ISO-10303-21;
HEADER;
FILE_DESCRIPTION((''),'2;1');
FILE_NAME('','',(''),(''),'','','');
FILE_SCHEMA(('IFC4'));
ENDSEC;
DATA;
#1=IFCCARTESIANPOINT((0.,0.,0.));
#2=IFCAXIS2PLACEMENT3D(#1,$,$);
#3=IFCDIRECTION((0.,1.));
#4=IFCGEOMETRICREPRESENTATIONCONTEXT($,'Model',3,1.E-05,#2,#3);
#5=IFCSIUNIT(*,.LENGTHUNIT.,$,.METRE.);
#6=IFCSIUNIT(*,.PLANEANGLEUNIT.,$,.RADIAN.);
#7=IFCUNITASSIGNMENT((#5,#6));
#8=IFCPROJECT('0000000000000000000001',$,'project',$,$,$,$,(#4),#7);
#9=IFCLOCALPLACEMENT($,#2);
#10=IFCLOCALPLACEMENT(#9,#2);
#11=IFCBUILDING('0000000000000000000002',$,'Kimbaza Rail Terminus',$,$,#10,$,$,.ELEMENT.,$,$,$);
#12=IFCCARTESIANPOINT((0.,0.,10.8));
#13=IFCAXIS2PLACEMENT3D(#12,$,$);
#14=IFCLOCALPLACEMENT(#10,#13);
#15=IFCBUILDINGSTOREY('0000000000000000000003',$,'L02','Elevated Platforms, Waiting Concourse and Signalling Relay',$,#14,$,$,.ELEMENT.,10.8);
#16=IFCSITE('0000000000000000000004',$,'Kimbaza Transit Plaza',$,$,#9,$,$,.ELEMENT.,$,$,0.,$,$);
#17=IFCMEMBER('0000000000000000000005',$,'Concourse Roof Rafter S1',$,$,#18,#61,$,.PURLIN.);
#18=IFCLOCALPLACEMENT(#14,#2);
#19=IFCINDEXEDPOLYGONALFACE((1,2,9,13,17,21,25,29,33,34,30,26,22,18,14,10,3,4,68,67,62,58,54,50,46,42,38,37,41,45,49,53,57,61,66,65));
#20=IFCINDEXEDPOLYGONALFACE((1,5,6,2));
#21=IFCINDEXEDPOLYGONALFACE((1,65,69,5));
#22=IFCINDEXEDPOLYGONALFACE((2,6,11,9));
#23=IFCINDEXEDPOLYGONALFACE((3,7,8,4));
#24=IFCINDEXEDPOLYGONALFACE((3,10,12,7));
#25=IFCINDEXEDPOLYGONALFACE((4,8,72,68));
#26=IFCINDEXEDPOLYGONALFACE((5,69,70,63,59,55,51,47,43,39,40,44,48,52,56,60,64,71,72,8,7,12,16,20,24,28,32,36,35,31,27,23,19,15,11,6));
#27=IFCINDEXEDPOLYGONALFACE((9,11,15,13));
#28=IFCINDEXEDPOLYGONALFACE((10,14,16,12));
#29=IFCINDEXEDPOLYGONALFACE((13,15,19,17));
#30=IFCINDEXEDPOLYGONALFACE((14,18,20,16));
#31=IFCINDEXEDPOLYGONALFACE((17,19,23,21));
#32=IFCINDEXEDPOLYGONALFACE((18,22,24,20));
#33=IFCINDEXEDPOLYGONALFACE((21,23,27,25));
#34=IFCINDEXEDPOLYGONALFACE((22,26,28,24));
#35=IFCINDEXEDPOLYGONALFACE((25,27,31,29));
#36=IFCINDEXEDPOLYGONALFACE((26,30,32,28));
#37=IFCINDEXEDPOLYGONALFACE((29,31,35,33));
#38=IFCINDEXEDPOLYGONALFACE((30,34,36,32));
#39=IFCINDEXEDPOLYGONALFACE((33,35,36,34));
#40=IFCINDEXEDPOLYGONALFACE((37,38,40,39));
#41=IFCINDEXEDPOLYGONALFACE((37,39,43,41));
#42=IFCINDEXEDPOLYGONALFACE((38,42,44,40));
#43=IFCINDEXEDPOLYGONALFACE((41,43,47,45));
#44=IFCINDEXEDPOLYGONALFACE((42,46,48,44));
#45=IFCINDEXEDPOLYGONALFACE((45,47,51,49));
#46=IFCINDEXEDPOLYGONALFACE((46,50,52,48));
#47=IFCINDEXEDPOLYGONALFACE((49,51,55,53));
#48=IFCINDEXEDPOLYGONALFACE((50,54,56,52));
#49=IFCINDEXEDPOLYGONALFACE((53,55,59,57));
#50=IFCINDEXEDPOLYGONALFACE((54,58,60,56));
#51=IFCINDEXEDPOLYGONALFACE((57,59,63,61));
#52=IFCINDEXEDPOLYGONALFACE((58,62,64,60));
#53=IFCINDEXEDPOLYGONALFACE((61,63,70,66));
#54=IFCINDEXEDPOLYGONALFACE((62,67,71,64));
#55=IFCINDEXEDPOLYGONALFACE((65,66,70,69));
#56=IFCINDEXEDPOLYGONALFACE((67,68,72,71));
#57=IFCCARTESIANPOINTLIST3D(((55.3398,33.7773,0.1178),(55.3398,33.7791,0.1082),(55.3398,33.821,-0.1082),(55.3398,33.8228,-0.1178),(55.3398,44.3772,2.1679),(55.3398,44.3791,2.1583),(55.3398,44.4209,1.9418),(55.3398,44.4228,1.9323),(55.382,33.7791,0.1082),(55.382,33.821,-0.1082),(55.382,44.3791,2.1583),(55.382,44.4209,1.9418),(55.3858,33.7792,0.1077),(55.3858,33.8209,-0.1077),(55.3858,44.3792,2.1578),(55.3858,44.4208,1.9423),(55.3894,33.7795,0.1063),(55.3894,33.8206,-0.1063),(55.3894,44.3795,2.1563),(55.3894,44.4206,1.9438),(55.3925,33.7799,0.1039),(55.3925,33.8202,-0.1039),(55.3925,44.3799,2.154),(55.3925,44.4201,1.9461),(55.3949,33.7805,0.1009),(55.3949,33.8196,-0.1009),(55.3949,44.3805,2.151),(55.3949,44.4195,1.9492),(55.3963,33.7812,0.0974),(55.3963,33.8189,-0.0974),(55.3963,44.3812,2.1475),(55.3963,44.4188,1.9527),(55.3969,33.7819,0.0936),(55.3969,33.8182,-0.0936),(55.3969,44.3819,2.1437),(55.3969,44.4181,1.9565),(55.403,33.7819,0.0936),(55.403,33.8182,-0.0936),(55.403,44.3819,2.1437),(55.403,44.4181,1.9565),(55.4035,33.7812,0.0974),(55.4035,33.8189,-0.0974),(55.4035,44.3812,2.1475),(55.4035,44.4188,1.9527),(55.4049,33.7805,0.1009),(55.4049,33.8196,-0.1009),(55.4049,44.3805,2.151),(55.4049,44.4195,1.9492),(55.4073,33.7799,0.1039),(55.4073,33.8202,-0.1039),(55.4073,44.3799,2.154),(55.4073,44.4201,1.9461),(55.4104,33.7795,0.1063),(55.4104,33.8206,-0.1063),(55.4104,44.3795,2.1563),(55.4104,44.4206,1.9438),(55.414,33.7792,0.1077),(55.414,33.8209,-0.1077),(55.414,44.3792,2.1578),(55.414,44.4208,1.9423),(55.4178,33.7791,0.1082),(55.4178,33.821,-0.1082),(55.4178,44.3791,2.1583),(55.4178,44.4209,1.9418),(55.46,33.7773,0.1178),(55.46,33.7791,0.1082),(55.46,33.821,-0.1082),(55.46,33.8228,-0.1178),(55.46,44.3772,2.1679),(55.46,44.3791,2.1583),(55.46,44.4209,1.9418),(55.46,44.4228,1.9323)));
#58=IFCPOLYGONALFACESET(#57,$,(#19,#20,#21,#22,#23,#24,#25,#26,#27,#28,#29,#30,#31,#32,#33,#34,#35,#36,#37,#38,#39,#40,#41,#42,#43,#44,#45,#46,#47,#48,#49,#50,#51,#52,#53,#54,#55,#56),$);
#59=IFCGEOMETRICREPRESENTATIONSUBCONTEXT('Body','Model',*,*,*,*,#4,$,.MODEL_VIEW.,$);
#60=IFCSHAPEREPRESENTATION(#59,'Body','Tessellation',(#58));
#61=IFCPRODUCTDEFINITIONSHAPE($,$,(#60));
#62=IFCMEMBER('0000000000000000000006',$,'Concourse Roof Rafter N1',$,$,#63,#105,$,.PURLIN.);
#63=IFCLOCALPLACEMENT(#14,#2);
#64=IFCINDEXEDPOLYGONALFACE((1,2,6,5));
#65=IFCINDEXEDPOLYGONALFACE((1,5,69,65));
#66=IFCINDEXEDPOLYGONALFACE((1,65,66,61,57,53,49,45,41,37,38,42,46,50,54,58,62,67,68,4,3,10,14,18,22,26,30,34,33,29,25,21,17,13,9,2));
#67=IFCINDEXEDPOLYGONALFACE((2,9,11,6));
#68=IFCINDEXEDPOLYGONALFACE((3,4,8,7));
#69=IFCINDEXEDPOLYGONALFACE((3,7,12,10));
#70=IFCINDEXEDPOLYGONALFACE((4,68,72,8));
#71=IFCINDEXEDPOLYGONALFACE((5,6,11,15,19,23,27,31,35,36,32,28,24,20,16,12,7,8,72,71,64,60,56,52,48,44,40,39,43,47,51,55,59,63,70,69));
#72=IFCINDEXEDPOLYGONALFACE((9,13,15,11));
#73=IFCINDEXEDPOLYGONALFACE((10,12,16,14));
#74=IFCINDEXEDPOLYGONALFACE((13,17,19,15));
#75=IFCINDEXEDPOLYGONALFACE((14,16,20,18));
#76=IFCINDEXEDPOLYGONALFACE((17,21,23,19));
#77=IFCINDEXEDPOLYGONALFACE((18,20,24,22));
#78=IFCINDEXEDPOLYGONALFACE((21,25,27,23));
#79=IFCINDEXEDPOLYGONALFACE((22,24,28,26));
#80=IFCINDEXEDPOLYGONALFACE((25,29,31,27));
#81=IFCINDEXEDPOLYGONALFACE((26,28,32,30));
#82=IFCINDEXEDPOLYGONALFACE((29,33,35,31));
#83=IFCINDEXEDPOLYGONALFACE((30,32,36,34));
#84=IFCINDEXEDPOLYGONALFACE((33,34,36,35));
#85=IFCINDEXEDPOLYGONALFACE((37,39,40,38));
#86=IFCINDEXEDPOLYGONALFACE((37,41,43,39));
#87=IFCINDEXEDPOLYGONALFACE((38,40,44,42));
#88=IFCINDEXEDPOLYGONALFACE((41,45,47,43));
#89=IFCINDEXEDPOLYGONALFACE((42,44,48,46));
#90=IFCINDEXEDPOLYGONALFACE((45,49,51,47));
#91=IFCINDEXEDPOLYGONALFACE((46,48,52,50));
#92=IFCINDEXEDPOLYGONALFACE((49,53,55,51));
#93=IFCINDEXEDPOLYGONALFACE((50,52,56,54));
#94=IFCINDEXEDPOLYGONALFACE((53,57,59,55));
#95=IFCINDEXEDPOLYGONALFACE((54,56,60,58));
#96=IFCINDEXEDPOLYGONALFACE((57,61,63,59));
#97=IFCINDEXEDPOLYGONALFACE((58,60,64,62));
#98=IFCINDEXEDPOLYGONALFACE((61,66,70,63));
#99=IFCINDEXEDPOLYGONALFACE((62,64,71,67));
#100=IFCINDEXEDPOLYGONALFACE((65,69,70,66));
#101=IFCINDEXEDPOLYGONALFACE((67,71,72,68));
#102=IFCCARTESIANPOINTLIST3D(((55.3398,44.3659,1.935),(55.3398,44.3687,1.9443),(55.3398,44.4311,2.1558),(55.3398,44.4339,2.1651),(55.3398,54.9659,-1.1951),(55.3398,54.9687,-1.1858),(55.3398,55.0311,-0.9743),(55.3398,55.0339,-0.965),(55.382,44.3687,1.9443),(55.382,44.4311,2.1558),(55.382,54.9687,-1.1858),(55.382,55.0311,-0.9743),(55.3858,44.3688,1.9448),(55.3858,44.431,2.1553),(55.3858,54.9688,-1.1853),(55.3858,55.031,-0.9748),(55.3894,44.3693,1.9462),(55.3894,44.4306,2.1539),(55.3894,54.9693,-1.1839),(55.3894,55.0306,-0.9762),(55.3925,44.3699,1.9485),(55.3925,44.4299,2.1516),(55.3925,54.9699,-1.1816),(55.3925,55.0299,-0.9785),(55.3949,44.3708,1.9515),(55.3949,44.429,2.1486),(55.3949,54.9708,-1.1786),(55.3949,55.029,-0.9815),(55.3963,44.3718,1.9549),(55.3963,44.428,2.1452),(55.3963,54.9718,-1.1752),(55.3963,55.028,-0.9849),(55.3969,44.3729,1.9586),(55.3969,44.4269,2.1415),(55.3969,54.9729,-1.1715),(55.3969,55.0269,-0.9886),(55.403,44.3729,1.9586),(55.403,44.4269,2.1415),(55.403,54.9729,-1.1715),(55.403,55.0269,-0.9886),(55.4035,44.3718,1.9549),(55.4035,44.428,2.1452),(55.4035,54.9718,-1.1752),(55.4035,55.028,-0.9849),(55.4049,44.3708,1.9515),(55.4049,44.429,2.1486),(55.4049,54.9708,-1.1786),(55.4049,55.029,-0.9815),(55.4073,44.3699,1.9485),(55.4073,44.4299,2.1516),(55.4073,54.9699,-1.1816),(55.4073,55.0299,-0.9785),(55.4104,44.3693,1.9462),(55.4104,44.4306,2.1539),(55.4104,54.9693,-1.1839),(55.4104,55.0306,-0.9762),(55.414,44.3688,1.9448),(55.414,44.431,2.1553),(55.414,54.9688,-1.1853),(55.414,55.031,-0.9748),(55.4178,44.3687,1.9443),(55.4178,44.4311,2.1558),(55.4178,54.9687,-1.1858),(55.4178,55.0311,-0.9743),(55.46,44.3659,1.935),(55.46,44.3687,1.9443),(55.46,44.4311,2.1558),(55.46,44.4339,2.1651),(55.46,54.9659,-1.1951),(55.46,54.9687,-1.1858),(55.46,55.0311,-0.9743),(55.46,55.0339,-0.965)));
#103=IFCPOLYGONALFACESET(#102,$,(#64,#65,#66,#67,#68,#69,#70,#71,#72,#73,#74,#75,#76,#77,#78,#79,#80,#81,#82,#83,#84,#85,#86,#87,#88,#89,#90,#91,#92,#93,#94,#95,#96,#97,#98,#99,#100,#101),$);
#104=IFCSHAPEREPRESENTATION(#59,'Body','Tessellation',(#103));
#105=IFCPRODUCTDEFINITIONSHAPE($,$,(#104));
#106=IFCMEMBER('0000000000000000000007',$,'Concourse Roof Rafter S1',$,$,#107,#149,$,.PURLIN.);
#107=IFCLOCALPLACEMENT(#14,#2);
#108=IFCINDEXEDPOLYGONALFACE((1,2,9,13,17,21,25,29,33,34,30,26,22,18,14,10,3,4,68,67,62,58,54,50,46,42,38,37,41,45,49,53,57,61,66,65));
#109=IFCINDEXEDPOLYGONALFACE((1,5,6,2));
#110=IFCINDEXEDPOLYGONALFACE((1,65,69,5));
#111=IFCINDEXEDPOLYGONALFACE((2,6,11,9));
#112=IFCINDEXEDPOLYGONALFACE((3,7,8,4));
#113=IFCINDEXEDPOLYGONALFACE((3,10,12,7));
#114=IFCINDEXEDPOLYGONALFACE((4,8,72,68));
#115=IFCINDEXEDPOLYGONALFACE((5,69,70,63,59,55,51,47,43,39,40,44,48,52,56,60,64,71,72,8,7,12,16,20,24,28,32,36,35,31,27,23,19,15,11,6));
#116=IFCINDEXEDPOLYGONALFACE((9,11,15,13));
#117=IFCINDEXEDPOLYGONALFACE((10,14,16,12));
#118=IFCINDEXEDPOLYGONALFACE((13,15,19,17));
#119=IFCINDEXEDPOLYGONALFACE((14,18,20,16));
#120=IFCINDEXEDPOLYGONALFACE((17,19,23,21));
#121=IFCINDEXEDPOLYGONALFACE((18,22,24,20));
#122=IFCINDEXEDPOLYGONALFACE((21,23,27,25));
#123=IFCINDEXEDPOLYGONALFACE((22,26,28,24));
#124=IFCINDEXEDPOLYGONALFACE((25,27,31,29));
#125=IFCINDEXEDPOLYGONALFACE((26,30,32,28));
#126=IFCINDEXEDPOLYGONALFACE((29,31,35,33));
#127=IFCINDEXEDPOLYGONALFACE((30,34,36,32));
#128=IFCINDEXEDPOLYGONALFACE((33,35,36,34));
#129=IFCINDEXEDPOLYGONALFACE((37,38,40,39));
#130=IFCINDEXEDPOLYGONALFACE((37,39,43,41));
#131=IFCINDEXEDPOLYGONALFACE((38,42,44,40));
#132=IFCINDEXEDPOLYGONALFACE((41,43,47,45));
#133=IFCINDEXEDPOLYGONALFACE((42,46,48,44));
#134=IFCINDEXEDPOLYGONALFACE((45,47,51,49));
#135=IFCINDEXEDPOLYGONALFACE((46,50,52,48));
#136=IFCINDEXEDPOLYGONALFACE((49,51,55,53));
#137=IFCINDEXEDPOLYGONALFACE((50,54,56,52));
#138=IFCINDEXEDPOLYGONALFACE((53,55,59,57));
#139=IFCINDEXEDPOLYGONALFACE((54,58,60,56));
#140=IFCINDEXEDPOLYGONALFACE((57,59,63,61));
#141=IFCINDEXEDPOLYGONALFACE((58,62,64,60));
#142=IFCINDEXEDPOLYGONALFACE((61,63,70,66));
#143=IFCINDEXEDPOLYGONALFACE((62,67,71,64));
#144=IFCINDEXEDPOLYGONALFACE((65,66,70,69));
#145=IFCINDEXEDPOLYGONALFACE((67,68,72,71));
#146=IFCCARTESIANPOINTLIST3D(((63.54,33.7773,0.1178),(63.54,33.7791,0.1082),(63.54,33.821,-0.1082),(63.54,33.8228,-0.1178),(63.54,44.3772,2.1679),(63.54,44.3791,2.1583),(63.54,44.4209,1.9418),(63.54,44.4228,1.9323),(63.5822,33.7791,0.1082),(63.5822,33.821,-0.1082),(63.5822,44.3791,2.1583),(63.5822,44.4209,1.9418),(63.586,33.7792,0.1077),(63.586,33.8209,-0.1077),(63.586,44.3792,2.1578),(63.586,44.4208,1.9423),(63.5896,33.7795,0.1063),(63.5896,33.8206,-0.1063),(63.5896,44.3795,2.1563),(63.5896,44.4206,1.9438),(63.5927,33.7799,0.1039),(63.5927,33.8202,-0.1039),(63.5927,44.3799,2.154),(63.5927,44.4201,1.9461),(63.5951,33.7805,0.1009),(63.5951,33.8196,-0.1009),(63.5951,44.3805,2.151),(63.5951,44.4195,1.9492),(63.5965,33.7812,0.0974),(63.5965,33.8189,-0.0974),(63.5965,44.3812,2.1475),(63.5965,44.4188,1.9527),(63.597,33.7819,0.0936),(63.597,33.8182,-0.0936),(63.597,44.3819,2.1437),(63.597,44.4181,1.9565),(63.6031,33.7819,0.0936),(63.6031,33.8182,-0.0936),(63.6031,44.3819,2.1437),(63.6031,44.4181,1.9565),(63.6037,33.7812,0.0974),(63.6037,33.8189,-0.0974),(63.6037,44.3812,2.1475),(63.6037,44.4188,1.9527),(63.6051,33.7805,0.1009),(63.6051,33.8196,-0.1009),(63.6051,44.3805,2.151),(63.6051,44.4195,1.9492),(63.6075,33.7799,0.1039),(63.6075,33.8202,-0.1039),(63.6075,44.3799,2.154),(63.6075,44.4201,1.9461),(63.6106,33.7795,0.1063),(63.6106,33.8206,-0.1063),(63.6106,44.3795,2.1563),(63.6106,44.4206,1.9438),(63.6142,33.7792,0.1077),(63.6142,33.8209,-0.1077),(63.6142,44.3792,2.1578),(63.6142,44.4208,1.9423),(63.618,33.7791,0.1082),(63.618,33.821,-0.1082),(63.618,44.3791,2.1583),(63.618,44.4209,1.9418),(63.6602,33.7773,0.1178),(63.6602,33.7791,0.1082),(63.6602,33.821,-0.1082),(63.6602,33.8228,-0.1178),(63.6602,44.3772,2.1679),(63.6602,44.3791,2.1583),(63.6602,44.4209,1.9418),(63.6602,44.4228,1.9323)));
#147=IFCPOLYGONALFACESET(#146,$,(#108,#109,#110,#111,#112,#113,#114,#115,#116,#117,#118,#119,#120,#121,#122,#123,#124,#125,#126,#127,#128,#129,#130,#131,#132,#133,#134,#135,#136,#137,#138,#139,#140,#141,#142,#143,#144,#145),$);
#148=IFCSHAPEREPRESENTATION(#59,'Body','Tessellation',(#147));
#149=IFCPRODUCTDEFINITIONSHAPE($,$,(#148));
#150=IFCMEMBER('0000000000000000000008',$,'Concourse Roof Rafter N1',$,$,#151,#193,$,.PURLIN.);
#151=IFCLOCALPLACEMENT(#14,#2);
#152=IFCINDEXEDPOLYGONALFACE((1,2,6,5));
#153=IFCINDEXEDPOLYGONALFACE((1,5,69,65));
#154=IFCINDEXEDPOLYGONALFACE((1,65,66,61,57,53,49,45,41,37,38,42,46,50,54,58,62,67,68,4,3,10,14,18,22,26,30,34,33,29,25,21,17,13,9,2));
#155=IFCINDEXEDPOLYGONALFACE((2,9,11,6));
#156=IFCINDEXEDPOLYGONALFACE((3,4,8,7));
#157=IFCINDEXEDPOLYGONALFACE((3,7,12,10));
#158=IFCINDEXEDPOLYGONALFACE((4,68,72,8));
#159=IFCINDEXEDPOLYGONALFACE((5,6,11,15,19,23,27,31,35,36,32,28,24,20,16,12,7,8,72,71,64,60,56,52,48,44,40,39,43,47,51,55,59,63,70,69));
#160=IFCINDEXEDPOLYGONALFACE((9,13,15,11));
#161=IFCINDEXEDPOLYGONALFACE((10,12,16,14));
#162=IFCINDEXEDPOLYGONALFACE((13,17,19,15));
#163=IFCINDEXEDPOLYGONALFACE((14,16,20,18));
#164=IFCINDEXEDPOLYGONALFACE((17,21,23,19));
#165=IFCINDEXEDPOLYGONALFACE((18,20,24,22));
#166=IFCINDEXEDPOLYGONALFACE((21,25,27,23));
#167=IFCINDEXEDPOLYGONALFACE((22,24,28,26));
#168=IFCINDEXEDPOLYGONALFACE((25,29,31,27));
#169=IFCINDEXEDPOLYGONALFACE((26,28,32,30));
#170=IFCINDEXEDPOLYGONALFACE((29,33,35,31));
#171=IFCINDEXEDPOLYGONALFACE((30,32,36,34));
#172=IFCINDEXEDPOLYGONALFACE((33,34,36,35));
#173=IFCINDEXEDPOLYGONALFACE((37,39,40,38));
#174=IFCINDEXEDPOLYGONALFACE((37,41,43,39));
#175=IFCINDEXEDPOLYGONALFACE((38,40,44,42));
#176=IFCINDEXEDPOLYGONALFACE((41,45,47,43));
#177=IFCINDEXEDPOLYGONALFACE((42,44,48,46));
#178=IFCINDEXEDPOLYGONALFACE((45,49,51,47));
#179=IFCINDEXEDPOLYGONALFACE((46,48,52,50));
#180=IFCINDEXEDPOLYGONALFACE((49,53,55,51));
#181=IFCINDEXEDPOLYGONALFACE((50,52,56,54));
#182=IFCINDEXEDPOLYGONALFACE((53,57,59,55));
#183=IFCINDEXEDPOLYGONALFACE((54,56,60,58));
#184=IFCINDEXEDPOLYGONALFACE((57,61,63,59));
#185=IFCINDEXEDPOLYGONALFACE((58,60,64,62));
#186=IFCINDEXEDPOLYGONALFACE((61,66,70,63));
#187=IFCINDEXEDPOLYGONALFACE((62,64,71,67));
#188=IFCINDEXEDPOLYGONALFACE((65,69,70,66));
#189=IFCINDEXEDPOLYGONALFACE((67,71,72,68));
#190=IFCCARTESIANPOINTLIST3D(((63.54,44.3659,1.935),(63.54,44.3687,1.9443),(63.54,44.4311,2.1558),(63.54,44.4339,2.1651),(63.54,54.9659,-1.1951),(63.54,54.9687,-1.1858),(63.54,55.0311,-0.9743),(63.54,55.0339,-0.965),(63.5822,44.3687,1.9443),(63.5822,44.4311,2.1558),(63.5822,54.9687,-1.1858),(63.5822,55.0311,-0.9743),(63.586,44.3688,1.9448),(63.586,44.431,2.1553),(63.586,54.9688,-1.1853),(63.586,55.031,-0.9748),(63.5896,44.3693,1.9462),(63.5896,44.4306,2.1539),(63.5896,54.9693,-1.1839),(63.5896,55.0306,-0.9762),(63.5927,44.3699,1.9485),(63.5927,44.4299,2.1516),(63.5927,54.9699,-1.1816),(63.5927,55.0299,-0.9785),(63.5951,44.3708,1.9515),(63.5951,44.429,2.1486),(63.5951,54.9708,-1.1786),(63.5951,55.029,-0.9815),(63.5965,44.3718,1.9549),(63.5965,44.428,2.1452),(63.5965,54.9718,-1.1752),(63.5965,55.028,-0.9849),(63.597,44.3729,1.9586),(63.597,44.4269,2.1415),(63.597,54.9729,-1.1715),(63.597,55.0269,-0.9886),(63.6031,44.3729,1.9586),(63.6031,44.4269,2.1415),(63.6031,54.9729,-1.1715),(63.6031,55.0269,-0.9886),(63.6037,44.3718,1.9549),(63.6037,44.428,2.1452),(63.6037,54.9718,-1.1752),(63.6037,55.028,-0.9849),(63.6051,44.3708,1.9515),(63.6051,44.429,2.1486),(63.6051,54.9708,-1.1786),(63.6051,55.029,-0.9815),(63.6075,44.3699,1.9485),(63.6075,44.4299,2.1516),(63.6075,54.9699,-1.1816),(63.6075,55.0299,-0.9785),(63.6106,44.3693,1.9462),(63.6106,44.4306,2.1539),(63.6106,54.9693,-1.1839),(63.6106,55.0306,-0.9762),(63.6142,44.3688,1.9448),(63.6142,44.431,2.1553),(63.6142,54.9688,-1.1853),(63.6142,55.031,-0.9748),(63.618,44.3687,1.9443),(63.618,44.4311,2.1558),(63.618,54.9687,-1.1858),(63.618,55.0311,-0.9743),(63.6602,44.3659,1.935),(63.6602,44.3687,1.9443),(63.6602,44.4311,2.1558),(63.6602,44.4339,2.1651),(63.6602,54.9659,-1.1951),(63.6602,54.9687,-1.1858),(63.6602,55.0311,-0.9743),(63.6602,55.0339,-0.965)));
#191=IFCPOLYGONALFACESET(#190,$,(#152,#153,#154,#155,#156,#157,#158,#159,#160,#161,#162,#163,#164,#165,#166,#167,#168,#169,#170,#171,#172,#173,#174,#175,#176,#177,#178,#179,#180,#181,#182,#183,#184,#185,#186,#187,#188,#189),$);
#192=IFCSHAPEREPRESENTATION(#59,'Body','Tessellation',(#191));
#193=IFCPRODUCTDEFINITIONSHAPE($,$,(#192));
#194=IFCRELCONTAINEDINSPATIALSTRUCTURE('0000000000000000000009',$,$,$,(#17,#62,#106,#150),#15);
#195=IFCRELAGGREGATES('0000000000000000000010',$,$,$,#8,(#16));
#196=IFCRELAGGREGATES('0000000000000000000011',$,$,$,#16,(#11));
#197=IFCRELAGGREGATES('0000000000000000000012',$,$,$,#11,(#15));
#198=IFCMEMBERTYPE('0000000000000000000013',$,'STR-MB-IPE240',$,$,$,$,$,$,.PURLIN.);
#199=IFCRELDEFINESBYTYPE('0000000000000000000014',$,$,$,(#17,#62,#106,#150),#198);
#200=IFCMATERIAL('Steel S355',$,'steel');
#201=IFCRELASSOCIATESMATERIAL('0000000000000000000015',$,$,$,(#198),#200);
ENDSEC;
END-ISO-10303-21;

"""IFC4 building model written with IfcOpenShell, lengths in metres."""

from ifc_helpers import new_model, si_unit, direction, frame, origin, origin_2d, place, context, subcontext, project, spatial, i_section, extrude, material, material_profile, profile_set, type_object, element, save


model = new_model("IFC4")

# Units and contexts
model_context = context("Model", 3, precision=1e-05, world=origin(), true_north=direction((0.0, 1.0)))
body_context = subcontext(model_context, "Body", "Model", "MODEL_VIEW")
ifc_project = project(units=[si_unit("LENGTHUNIT", "METRE"), si_unit("PLANEANGLEUNIT", "RADIAN")], contexts=[model_context])

# Site, building, storey
site_placement = place(None, origin())
site = spatial("IfcSite", under=ifc_project, at=site_placement, Name="Kimbaza Transit Plaza", CompositionType="ELEMENT", RefElevation=0.0)
building_placement = place(site_placement, origin())
building = spatial("IfcBuilding", under=site, at=building_placement, Name="Kimbaza Rail Terminus", CompositionType="ELEMENT")
storey_placement = place(building_placement, frame((0.0, 0.0, 10.8)))
storey = spatial("IfcBuildingStorey", under=building, at=storey_placement, Name="L02", Description="Elevated Platforms, Waiting Concourse and Signalling Relay", CompositionType="ELEMENT", Elevation=10.8)

# Members
ifc_material_1 = material(Name="Steel S355", Category="steel")
ifc_material_profile_1 = material_profile(ifc_material_1, i_section(OverallWidth=0.1201, OverallDepth=0.24, WebThickness=0.0061, FlangeThickness=0.0098, FilletRadius=0.0149, at=origin_2d()), Name="IPE 240")
ifc_profile_set_1 = profile_set([ifc_material_profile_1], Name="Steel S355")
member_type_1 = type_object("IfcMemberType", Name="STR-MB-IPE240", PredefinedType="PURLIN", material=ifc_profile_set_1)
member_1_placement = place(storey_placement, frame((55.3999, 33.8, 0.0), z_axis=(0.0, 0.981806, 0.189885), x_axis=(-1.0, 0.0, 0.0)))
element("IfcMember", 1, at=member_1_placement, inside=storey, type_object=member_type_1, Name="Concourse Roof Rafter S1", PredefinedType="PURLIN", context=body_context, shape_type="SweptSolid", body=[
    extrude(i_section(OverallWidth=0.1201, OverallDepth=0.24, WebThickness=0.0061, FlangeThickness=0.0098, FilletRadius=0.0149, at=origin_2d()), origin(), (0.0, 0.0, 1.0), 10.7964),
])
member_2_placement = place(storey_placement, frame((55.3999, 44.3999, 2.05), z_axis=(0.0, 0.95906, -0.283203), x_axis=(-1.0, 0.0, 0.0)))
element("IfcMember", 2, at=member_2_placement, inside=storey, type_object=member_type_1, Name="Concourse Roof Rafter N1", PredefinedType="PURLIN", context=body_context, shape_type="SweptSolid", body=[
    extrude(i_section(OverallWidth=0.1201, OverallDepth=0.24, WebThickness=0.0061, FlangeThickness=0.0098, FilletRadius=0.0149, at=origin_2d()), origin(), (0.0, 0.0, 1.0), 11.0525),
])
member_3_placement = place(storey_placement, frame((63.6001, 33.8, 0.0), z_axis=(0.0, 0.981806, 0.189885), x_axis=(-1.0, 0.0, 0.0)))
element("IfcMember", 3, at=member_3_placement, inside=storey, type_object=member_type_1, Name="Concourse Roof Rafter S1", PredefinedType="PURLIN", context=body_context, shape_type="SweptSolid", body=[
    extrude(i_section(OverallWidth=0.1201, OverallDepth=0.24, WebThickness=0.0061, FlangeThickness=0.0098, FilletRadius=0.0149, at=origin_2d()), origin(), (0.0, 0.0, 1.0), 10.7964),
])
member_4_placement = place(storey_placement, frame((63.6001, 44.3999, 2.05), z_axis=(0.0, 0.95906, -0.283203), x_axis=(-1.0, 0.0, 0.0)))
element("IfcMember", 4, at=member_4_placement, inside=storey, type_object=member_type_1, Name="Concourse Roof Rafter N1", PredefinedType="PURLIN", context=body_context, shape_type="SweptSolid", body=[
    extrude(i_section(OverallWidth=0.1201, OverallDepth=0.24, WebThickness=0.0061, FlangeThickness=0.0098, FilletRadius=0.0149, at=origin_2d()), origin(), (0.0, 0.0, 1.0), 11.0525),
])

save(model, "model.ifc")
